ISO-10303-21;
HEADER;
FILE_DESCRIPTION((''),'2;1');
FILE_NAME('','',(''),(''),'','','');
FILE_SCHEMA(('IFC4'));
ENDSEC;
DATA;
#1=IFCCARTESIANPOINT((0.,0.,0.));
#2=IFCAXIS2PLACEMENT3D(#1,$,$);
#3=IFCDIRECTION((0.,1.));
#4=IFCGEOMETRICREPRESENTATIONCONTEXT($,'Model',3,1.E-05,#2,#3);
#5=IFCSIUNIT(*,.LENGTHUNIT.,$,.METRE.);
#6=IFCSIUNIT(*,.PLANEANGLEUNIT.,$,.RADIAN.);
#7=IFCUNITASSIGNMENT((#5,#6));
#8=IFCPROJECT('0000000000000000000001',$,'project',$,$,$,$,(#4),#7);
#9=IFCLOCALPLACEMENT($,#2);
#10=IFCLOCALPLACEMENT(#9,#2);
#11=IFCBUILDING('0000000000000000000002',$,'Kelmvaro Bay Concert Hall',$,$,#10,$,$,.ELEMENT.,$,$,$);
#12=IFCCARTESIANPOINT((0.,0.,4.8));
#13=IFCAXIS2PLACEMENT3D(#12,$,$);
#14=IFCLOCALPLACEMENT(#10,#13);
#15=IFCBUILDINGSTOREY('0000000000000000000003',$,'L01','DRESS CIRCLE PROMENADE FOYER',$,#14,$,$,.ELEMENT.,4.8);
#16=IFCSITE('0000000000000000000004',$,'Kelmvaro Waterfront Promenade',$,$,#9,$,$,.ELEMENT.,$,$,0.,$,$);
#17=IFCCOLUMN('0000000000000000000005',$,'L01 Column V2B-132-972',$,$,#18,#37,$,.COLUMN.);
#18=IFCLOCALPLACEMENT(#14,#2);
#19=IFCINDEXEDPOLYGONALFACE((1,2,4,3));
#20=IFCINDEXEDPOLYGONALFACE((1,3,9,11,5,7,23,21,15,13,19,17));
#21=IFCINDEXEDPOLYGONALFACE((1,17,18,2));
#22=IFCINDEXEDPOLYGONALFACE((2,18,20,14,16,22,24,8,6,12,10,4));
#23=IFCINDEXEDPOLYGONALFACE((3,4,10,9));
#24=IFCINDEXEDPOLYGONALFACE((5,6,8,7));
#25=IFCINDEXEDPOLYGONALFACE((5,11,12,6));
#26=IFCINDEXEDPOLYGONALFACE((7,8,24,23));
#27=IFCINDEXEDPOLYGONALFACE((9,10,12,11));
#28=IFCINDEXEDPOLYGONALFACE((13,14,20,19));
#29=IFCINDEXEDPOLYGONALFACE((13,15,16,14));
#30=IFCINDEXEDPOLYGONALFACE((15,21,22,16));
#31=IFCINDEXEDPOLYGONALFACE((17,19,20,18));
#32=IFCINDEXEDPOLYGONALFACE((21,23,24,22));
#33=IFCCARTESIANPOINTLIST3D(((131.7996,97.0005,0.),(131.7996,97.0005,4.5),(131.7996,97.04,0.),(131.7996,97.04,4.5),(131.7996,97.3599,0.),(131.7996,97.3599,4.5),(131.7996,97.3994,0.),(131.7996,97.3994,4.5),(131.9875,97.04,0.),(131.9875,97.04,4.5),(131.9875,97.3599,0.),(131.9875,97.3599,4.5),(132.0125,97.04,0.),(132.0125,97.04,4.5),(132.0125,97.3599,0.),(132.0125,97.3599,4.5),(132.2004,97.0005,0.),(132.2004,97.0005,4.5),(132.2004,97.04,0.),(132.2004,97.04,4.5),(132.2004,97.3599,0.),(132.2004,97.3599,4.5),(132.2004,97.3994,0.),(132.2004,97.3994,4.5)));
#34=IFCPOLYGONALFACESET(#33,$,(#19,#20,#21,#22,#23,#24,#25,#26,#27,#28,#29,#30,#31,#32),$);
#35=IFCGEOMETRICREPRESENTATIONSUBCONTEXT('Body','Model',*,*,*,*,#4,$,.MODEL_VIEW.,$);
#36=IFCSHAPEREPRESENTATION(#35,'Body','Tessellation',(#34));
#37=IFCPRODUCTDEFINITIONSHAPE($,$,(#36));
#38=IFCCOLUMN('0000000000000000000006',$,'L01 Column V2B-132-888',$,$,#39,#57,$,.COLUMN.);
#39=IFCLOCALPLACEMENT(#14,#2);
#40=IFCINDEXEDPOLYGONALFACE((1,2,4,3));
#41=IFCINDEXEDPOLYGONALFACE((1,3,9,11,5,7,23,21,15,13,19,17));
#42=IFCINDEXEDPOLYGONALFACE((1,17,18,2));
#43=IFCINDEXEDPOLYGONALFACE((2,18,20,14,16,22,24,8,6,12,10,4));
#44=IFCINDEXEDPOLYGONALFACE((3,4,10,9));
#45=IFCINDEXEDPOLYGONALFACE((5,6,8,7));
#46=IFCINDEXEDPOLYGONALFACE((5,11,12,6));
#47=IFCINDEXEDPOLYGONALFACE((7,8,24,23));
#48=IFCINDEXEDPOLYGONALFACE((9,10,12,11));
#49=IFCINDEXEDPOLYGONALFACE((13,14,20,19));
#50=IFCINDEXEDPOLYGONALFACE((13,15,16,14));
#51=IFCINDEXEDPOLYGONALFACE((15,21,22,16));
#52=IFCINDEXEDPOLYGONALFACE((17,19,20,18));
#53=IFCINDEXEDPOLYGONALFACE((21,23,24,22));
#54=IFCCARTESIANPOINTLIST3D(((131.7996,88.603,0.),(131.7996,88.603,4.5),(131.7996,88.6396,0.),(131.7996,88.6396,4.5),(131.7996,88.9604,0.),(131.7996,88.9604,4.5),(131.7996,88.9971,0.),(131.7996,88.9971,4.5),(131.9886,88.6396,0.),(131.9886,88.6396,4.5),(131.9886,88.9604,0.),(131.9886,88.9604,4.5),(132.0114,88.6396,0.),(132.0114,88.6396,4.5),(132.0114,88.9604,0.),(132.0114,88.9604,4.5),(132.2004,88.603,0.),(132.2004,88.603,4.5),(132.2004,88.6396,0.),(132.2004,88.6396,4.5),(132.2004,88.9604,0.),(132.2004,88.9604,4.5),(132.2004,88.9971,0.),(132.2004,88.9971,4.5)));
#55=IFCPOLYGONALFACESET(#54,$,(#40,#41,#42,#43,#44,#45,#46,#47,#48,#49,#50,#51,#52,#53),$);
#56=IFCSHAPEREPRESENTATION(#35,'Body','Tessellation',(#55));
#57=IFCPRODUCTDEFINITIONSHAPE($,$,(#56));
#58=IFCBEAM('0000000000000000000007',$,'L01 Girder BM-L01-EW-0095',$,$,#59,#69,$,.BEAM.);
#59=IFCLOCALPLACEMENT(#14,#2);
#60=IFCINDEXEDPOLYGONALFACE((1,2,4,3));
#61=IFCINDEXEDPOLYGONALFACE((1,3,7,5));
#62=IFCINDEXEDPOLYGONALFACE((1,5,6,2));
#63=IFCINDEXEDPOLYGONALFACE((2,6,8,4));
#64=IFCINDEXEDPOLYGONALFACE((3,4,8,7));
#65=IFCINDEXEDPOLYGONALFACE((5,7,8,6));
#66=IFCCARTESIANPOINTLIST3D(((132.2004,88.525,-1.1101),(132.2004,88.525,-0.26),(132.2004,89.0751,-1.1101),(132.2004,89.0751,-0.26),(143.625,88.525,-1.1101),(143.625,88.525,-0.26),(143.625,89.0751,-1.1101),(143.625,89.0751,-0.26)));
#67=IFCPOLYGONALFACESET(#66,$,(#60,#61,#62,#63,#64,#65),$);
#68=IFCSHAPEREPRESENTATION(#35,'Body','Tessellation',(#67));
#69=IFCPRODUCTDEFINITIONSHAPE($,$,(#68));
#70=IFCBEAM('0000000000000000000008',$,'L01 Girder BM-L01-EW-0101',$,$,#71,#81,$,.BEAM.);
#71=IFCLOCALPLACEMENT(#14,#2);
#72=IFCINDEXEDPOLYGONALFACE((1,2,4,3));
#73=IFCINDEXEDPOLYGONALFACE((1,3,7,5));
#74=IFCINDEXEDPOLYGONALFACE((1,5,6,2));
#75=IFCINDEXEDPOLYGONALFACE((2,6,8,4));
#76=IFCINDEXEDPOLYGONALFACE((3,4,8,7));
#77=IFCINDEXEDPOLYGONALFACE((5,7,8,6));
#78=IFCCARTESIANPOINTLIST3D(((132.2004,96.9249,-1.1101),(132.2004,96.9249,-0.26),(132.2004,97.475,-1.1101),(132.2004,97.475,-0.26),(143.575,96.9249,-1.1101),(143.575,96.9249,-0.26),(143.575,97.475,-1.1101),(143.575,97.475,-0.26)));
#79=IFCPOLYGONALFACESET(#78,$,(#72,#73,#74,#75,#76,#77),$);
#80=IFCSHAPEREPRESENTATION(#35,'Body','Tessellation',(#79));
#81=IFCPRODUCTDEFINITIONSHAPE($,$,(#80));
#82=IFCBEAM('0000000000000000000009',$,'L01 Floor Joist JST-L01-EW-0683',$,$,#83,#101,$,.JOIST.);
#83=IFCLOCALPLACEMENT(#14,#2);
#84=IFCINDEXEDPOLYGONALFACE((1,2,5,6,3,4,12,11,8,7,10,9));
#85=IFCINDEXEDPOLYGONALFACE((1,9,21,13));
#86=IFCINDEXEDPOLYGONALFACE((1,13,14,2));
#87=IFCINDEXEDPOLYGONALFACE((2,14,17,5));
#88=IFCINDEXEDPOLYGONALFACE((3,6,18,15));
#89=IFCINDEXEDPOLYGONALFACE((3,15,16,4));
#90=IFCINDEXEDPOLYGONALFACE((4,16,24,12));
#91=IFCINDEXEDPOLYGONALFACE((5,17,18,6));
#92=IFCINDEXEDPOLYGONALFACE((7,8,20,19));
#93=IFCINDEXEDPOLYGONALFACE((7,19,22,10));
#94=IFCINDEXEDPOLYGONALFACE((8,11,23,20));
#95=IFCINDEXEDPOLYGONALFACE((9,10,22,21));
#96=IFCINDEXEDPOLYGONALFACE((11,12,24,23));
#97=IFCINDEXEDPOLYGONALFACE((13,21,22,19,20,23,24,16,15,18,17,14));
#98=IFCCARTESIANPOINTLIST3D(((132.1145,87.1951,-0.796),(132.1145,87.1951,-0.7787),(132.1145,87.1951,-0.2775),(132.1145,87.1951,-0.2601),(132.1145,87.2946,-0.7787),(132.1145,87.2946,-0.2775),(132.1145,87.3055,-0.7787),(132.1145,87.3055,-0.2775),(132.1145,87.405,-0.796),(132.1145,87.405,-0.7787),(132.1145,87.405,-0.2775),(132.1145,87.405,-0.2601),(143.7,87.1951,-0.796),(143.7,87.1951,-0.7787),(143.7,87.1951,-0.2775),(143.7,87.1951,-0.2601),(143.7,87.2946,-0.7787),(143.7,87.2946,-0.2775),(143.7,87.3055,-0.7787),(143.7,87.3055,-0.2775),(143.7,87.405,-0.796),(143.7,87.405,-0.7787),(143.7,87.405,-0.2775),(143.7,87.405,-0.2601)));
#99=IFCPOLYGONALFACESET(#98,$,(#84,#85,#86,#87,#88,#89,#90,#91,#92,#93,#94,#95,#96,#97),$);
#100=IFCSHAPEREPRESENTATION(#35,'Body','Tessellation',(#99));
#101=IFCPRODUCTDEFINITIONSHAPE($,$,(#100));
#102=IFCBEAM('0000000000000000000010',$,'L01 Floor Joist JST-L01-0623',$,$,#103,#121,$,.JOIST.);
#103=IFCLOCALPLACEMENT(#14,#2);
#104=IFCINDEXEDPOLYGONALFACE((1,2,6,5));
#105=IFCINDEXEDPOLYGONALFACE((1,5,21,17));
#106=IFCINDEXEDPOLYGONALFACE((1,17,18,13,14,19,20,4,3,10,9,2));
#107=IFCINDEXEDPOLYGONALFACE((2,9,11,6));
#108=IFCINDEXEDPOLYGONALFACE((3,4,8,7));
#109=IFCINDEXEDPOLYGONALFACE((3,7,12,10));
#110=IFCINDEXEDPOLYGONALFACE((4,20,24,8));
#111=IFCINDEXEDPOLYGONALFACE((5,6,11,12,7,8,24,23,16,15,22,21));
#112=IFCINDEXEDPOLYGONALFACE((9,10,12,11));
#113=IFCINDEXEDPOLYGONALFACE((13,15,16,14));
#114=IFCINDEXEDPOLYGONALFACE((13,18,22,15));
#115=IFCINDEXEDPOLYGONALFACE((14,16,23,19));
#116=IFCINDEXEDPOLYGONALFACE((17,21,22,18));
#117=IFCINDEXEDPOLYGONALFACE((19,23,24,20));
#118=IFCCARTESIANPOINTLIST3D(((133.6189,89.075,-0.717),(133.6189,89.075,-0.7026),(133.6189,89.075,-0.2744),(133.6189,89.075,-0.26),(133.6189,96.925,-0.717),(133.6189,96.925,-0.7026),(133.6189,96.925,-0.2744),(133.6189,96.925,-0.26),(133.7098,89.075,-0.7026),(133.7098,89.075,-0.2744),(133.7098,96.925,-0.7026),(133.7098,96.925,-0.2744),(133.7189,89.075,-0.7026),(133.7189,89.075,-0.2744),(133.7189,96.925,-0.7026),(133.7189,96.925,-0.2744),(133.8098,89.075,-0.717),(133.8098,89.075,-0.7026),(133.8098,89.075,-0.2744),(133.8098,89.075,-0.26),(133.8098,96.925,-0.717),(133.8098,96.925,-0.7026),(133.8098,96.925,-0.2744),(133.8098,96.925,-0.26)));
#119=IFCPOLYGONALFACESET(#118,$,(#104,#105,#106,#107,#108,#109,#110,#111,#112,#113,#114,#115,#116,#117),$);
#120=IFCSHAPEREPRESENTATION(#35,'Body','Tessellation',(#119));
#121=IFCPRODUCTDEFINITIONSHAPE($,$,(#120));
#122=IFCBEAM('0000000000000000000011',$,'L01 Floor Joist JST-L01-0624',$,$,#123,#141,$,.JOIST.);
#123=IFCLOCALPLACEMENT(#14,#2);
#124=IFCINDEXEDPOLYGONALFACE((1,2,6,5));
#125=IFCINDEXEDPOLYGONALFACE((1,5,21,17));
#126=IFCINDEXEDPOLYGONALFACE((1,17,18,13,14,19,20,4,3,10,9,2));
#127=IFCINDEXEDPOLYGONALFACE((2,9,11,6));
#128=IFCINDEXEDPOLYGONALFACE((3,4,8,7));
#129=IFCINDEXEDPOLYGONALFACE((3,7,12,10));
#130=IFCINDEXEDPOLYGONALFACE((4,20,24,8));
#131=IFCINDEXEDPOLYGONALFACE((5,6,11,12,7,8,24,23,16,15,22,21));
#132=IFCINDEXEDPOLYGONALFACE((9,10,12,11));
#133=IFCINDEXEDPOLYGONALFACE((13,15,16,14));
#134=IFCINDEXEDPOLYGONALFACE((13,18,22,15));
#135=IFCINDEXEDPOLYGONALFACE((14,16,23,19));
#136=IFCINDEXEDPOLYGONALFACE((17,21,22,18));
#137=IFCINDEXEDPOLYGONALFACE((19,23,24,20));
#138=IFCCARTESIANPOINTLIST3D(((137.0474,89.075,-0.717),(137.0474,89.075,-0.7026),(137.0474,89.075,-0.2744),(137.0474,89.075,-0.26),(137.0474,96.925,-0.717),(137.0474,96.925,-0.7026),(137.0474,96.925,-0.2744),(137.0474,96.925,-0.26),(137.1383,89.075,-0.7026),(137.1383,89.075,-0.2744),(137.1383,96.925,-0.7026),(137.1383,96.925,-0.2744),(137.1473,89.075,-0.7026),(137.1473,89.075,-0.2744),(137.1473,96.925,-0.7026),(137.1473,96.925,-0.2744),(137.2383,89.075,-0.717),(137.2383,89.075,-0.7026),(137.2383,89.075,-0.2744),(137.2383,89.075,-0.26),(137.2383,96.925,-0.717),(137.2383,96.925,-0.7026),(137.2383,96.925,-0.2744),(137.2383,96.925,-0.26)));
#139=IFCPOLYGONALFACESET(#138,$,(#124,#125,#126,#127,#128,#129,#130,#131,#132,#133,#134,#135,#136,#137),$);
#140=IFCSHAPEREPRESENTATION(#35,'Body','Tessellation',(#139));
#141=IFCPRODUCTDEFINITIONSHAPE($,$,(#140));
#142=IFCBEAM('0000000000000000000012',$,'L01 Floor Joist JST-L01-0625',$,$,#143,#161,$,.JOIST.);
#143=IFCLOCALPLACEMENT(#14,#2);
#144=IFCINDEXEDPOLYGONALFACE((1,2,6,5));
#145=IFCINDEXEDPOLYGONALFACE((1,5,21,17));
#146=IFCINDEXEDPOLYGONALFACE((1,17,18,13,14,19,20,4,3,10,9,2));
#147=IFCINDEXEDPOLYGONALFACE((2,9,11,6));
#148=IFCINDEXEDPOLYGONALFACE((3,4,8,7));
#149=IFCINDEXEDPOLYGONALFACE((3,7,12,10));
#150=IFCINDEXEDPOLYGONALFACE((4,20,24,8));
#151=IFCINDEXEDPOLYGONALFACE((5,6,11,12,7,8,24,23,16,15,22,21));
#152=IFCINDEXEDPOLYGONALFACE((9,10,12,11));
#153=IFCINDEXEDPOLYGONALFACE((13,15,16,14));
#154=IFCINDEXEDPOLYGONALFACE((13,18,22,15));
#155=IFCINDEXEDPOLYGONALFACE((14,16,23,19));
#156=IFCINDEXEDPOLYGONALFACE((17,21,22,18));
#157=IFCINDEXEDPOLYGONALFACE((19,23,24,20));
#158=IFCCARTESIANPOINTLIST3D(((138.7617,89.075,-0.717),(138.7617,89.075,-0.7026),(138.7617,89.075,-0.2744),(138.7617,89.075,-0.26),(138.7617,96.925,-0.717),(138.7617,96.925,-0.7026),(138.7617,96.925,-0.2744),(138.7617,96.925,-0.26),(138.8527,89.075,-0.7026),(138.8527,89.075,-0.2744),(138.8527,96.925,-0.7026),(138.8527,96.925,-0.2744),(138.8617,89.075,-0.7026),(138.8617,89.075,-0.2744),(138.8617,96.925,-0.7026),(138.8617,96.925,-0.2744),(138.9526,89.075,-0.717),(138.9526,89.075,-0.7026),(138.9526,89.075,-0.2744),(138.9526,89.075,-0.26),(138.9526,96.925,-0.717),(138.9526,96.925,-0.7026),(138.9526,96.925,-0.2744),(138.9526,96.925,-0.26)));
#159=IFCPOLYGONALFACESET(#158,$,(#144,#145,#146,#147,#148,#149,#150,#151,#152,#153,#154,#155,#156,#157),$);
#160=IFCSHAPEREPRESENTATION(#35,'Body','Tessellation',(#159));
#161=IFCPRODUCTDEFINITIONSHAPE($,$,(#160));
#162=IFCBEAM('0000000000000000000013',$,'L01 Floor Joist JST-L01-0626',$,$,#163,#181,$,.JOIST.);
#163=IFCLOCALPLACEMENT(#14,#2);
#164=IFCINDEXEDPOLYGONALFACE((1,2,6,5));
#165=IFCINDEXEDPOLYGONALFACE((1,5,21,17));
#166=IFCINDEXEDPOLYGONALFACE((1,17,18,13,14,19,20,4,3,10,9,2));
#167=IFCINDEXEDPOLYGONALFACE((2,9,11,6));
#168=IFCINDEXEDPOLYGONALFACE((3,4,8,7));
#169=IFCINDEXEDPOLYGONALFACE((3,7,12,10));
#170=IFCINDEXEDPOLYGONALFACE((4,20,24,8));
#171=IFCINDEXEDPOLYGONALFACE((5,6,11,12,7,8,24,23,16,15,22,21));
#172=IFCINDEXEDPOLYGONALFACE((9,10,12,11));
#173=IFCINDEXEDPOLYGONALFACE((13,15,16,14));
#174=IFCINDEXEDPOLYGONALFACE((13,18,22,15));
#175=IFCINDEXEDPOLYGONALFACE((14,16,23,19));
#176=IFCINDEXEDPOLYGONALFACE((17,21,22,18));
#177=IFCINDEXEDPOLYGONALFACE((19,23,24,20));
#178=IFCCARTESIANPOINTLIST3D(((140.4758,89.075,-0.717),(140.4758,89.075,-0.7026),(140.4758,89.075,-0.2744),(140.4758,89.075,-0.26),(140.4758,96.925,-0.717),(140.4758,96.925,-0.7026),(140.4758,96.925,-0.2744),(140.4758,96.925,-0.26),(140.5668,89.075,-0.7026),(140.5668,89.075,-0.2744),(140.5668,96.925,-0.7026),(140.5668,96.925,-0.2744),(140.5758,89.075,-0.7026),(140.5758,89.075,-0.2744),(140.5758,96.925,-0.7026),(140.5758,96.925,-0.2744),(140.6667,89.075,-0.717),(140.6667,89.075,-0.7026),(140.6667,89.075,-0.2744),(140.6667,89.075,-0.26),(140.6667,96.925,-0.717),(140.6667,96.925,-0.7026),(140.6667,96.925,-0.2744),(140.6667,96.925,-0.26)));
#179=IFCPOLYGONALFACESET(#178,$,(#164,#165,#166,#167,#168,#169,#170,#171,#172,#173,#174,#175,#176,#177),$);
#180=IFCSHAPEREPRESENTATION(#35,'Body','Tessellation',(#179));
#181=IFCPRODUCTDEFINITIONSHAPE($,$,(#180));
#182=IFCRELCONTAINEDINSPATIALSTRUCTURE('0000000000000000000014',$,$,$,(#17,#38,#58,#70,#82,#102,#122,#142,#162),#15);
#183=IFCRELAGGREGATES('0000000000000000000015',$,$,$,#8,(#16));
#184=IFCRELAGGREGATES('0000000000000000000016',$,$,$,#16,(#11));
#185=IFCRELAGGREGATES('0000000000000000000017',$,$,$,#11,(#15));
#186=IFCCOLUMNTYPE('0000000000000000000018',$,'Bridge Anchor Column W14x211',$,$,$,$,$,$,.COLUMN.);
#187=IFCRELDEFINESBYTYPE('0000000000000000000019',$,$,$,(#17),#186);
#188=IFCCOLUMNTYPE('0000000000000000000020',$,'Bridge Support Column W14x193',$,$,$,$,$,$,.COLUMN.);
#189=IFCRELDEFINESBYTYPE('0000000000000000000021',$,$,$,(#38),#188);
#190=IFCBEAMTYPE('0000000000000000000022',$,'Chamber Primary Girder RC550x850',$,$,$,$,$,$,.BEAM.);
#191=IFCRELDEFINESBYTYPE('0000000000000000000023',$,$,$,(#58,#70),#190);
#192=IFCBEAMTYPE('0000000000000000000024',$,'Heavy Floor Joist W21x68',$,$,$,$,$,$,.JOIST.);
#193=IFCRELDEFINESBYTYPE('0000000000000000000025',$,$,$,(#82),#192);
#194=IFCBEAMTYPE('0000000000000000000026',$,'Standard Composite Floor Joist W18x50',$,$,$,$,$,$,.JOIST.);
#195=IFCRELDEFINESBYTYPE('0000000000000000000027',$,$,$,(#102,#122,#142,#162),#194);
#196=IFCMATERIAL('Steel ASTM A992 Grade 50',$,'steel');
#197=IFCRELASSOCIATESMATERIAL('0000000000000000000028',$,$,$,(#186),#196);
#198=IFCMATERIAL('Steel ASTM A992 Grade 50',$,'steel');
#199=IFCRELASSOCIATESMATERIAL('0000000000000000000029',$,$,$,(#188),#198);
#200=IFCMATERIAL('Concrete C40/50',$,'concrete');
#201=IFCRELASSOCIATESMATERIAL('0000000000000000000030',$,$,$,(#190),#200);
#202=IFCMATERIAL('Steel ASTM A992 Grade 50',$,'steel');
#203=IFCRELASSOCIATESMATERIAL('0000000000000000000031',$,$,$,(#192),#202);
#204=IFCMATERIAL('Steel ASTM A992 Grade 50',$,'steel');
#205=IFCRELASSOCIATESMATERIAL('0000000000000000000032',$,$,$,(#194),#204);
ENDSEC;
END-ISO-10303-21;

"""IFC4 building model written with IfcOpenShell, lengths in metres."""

from ifc_helpers import new_model, si_unit, direction, frame, origin, origin_2d, place, context, subcontext, project, spatial, rectangle, i_section, extrude, material, material_profile, profile_set, type_object, element, save


model = new_model("IFC4")

# Units and contexts
model_context = context("Model", 3, precision=1e-05, world=origin(), true_north=direction((0.0, 1.0)))
body_context = subcontext(model_context, "Body", "Model", "MODEL_VIEW")
ifc_project = project(units=[si_unit("LENGTHUNIT", "METRE"), si_unit("PLANEANGLEUNIT", "RADIAN")], contexts=[model_context])

# Site, building, storey
site_placement = place(None, origin())
site = spatial("IfcSite", under=ifc_project, at=site_placement, Name="Kelmvaro Waterfront Promenade", CompositionType="ELEMENT", RefElevation=0.0)
building_placement = place(site_placement, origin())
building = spatial("IfcBuilding", under=site, at=building_placement, Name="Kelmvaro Bay Concert Hall", CompositionType="ELEMENT")
storey_placement = place(building_placement, frame((0.0, 0.0, 4.8)))
storey = spatial("IfcBuildingStorey", under=building, at=storey_placement, Name="L01", Description="DRESS CIRCLE PROMENADE FOYER", CompositionType="ELEMENT", Elevation=4.8)

# Columns
ifc_material_1 = material(Name="Steel ASTM A992 Grade 50", Category="steel")
ifc_material_profile_1 = material_profile(ifc_material_1, i_section(OverallWidth=0.4009, OverallDepth=0.3989, WebThickness=0.0249, FlangeThickness=0.0396, at=origin_2d()), Name="W14X211")
ifc_profile_set_1 = profile_set([ifc_material_profile_1], Name="Steel ASTM A992 Grade 50")
column_type_1 = type_object("IfcColumnType", Name="Bridge Anchor Column W14x211", PredefinedType="COLUMN", material=ifc_profile_set_1)
column_1_placement = place(storey_placement, frame((132.0, 97.2, 0.0), z_axis=(0.0, 0.0, 1.0), x_axis=(1.0, 0.0, 0.0)))
element("IfcColumn", 1, at=column_1_placement, inside=storey, type_object=column_type_1, Name="L01 Column V2B-132-972", PredefinedType="COLUMN", context=body_context, shape_type="SweptSolid", body=[
    extrude(i_section(OverallWidth=0.4009, OverallDepth=0.3989, WebThickness=0.0249, FlangeThickness=0.0396, at=origin_2d()), origin(), (0.0, 0.0, 1.0), 4.5),
])
ifc_material_2 = material(Name="Steel ASTM A992 Grade 50", Category="steel")
ifc_material_profile_2 = material_profile(ifc_material_2, i_section(OverallWidth=0.4009, OverallDepth=0.394, WebThickness=0.0227, FlangeThickness=0.0366, at=origin_2d()), Name="W14X193")
ifc_profile_set_2 = profile_set([ifc_material_profile_2], Name="Steel ASTM A992 Grade 50")
column_type_2 = type_object("IfcColumnType", Name="Bridge Support Column W14x193", PredefinedType="COLUMN", material=ifc_profile_set_2)
column_2_placement = place(storey_placement, frame((132.0, 88.8, 0.0), z_axis=(0.0, 0.0, 1.0), x_axis=(1.0, 0.0, 0.0)))
element("IfcColumn", 2, at=column_2_placement, inside=storey, type_object=column_type_2, Name="L01 Column V2B-132-888", PredefinedType="COLUMN", context=body_context, shape_type="SweptSolid", body=[
    extrude(i_section(OverallWidth=0.4009, OverallDepth=0.394, WebThickness=0.0227, FlangeThickness=0.0366, at=origin_2d()), origin(), (0.0, 0.0, 1.0), 4.5),
])

# Beams
ifc_material_3 = material(Name="Concrete C40/50", Category="concrete")
ifc_material_profile_3 = material_profile(ifc_material_3, rectangle(XDim=0.55, YDim=0.8501, at=origin_2d()), Name="RC-BM-550X850")
ifc_profile_set_3 = profile_set([ifc_material_profile_3], Name="Concrete C40/50")
beam_type_1 = type_object("IfcBeamType", Name="Chamber Primary Girder RC550x850", PredefinedType="BEAM", material=ifc_profile_set_3)
beam_1_placement = place(storey_placement, frame((132.2004, 88.8, -0.6851), z_axis=(1.0, 0.0, 0.0), x_axis=(0.0, 1.0, 0.0)))
element("IfcBeam", 3, at=beam_1_placement, inside=storey, type_object=beam_type_1, Name="L01 Girder BM-L01-EW-0095", PredefinedType="BEAM", context=body_context, shape_type="SweptSolid", body=[
    extrude(rectangle(XDim=0.55, YDim=0.8501, at=origin_2d()), origin(), (0.0, 0.0, 1.0), 11.4246),
])
beam_2_placement = place(storey_placement, frame((132.2004, 97.2, -0.6851), z_axis=(1.0, 0.0, 0.0), x_axis=(0.0, 1.0, 0.0)))
element("IfcBeam", 4, at=beam_2_placement, inside=storey, type_object=beam_type_1, Name="L01 Girder BM-L01-EW-0101", PredefinedType="BEAM", context=body_context, shape_type="SweptSolid", body=[
    extrude(rectangle(XDim=0.55, YDim=0.8501, at=origin_2d()), origin(), (0.0, 0.0, 1.0), 11.3745),
])
ifc_material_4 = material(Name="Steel ASTM A992 Grade 50", Category="steel")
ifc_material_profile_4 = material_profile(ifc_material_4, i_section(OverallWidth=0.21, OverallDepth=0.5359, WebThickness=0.011, FlangeThickness=0.0173, at=origin_2d()), Name="W21X68")
ifc_profile_set_4 = profile_set([ifc_material_profile_4], Name="Steel ASTM A992 Grade 50")
beam_type_2 = type_object("IfcBeamType", Name="Heavy Floor Joist W21x68", PredefinedType="JOIST", material=ifc_profile_set_4)
beam_3_placement = place(storey_placement, frame((132.1145, 87.3, -0.5281), z_axis=(1.0, 0.0, 0.0), x_axis=(0.0, 1.0, 0.0)))
element("IfcBeam", 5, at=beam_3_placement, inside=storey, type_object=beam_type_2, Name="L01 Floor Joist JST-L01-EW-0683", PredefinedType="JOIST", context=body_context, shape_type="SweptSolid", body=[
    extrude(i_section(OverallWidth=0.21, OverallDepth=0.5359, WebThickness=0.011, FlangeThickness=0.0173, at=origin_2d()), origin(), (0.0, 0.0, 1.0), 11.5854),
])
ifc_material_5 = material(Name="Steel ASTM A992 Grade 50", Category="steel")
ifc_material_profile_5 = material_profile(ifc_material_5, i_section(OverallWidth=0.1909, OverallDepth=0.457, WebThickness=0.009, FlangeThickness=0.0144, at=origin_2d()), Name="W18X50")
ifc_profile_set_5 = profile_set([ifc_material_profile_5], Name="Steel ASTM A992 Grade 50")
beam_type_3 = type_object("IfcBeamType", Name="Standard Composite Floor Joist W18x50", PredefinedType="JOIST", material=ifc_profile_set_5)
for number, where, z_axis, x_axis, name in (
    (6, (133.7144, 89.075, -0.4885), (0.0, 1.0, 0.0), (-1.0, 0.0, 0.0), "L01 Floor Joist JST-L01-0623"),
    (7, (137.1428, 89.075, -0.4885), (0.0, 1.0, 0.0), (-1.0, 0.0, 0.0), "L01 Floor Joist JST-L01-0624"),
    (8, (138.8572, 89.075, -0.4885), (0.0, 1.0, 0.0), (-1.0, 0.0, 0.0), "L01 Floor Joist JST-L01-0625"),
    (9, (140.5713, 89.075, -0.4885), (0.0, 1.0, 0.0), (-1.0, 0.0, 0.0), "L01 Floor Joist JST-L01-0626"),
):
    element("IfcBeam", number, at=place(storey_placement, frame(where, z_axis=z_axis, x_axis=x_axis)), inside=storey, type_object=beam_type_3, Name=name, PredefinedType="JOIST", context=body_context, shape_type="SweptSolid", body=[
        extrude(i_section(OverallWidth=0.1909, OverallDepth=0.457, WebThickness=0.009, FlangeThickness=0.0144, at=origin_2d()), origin(), (0.0, 0.0, 1.0), 7.8501),
    ])

save(model, "model.ifc")
